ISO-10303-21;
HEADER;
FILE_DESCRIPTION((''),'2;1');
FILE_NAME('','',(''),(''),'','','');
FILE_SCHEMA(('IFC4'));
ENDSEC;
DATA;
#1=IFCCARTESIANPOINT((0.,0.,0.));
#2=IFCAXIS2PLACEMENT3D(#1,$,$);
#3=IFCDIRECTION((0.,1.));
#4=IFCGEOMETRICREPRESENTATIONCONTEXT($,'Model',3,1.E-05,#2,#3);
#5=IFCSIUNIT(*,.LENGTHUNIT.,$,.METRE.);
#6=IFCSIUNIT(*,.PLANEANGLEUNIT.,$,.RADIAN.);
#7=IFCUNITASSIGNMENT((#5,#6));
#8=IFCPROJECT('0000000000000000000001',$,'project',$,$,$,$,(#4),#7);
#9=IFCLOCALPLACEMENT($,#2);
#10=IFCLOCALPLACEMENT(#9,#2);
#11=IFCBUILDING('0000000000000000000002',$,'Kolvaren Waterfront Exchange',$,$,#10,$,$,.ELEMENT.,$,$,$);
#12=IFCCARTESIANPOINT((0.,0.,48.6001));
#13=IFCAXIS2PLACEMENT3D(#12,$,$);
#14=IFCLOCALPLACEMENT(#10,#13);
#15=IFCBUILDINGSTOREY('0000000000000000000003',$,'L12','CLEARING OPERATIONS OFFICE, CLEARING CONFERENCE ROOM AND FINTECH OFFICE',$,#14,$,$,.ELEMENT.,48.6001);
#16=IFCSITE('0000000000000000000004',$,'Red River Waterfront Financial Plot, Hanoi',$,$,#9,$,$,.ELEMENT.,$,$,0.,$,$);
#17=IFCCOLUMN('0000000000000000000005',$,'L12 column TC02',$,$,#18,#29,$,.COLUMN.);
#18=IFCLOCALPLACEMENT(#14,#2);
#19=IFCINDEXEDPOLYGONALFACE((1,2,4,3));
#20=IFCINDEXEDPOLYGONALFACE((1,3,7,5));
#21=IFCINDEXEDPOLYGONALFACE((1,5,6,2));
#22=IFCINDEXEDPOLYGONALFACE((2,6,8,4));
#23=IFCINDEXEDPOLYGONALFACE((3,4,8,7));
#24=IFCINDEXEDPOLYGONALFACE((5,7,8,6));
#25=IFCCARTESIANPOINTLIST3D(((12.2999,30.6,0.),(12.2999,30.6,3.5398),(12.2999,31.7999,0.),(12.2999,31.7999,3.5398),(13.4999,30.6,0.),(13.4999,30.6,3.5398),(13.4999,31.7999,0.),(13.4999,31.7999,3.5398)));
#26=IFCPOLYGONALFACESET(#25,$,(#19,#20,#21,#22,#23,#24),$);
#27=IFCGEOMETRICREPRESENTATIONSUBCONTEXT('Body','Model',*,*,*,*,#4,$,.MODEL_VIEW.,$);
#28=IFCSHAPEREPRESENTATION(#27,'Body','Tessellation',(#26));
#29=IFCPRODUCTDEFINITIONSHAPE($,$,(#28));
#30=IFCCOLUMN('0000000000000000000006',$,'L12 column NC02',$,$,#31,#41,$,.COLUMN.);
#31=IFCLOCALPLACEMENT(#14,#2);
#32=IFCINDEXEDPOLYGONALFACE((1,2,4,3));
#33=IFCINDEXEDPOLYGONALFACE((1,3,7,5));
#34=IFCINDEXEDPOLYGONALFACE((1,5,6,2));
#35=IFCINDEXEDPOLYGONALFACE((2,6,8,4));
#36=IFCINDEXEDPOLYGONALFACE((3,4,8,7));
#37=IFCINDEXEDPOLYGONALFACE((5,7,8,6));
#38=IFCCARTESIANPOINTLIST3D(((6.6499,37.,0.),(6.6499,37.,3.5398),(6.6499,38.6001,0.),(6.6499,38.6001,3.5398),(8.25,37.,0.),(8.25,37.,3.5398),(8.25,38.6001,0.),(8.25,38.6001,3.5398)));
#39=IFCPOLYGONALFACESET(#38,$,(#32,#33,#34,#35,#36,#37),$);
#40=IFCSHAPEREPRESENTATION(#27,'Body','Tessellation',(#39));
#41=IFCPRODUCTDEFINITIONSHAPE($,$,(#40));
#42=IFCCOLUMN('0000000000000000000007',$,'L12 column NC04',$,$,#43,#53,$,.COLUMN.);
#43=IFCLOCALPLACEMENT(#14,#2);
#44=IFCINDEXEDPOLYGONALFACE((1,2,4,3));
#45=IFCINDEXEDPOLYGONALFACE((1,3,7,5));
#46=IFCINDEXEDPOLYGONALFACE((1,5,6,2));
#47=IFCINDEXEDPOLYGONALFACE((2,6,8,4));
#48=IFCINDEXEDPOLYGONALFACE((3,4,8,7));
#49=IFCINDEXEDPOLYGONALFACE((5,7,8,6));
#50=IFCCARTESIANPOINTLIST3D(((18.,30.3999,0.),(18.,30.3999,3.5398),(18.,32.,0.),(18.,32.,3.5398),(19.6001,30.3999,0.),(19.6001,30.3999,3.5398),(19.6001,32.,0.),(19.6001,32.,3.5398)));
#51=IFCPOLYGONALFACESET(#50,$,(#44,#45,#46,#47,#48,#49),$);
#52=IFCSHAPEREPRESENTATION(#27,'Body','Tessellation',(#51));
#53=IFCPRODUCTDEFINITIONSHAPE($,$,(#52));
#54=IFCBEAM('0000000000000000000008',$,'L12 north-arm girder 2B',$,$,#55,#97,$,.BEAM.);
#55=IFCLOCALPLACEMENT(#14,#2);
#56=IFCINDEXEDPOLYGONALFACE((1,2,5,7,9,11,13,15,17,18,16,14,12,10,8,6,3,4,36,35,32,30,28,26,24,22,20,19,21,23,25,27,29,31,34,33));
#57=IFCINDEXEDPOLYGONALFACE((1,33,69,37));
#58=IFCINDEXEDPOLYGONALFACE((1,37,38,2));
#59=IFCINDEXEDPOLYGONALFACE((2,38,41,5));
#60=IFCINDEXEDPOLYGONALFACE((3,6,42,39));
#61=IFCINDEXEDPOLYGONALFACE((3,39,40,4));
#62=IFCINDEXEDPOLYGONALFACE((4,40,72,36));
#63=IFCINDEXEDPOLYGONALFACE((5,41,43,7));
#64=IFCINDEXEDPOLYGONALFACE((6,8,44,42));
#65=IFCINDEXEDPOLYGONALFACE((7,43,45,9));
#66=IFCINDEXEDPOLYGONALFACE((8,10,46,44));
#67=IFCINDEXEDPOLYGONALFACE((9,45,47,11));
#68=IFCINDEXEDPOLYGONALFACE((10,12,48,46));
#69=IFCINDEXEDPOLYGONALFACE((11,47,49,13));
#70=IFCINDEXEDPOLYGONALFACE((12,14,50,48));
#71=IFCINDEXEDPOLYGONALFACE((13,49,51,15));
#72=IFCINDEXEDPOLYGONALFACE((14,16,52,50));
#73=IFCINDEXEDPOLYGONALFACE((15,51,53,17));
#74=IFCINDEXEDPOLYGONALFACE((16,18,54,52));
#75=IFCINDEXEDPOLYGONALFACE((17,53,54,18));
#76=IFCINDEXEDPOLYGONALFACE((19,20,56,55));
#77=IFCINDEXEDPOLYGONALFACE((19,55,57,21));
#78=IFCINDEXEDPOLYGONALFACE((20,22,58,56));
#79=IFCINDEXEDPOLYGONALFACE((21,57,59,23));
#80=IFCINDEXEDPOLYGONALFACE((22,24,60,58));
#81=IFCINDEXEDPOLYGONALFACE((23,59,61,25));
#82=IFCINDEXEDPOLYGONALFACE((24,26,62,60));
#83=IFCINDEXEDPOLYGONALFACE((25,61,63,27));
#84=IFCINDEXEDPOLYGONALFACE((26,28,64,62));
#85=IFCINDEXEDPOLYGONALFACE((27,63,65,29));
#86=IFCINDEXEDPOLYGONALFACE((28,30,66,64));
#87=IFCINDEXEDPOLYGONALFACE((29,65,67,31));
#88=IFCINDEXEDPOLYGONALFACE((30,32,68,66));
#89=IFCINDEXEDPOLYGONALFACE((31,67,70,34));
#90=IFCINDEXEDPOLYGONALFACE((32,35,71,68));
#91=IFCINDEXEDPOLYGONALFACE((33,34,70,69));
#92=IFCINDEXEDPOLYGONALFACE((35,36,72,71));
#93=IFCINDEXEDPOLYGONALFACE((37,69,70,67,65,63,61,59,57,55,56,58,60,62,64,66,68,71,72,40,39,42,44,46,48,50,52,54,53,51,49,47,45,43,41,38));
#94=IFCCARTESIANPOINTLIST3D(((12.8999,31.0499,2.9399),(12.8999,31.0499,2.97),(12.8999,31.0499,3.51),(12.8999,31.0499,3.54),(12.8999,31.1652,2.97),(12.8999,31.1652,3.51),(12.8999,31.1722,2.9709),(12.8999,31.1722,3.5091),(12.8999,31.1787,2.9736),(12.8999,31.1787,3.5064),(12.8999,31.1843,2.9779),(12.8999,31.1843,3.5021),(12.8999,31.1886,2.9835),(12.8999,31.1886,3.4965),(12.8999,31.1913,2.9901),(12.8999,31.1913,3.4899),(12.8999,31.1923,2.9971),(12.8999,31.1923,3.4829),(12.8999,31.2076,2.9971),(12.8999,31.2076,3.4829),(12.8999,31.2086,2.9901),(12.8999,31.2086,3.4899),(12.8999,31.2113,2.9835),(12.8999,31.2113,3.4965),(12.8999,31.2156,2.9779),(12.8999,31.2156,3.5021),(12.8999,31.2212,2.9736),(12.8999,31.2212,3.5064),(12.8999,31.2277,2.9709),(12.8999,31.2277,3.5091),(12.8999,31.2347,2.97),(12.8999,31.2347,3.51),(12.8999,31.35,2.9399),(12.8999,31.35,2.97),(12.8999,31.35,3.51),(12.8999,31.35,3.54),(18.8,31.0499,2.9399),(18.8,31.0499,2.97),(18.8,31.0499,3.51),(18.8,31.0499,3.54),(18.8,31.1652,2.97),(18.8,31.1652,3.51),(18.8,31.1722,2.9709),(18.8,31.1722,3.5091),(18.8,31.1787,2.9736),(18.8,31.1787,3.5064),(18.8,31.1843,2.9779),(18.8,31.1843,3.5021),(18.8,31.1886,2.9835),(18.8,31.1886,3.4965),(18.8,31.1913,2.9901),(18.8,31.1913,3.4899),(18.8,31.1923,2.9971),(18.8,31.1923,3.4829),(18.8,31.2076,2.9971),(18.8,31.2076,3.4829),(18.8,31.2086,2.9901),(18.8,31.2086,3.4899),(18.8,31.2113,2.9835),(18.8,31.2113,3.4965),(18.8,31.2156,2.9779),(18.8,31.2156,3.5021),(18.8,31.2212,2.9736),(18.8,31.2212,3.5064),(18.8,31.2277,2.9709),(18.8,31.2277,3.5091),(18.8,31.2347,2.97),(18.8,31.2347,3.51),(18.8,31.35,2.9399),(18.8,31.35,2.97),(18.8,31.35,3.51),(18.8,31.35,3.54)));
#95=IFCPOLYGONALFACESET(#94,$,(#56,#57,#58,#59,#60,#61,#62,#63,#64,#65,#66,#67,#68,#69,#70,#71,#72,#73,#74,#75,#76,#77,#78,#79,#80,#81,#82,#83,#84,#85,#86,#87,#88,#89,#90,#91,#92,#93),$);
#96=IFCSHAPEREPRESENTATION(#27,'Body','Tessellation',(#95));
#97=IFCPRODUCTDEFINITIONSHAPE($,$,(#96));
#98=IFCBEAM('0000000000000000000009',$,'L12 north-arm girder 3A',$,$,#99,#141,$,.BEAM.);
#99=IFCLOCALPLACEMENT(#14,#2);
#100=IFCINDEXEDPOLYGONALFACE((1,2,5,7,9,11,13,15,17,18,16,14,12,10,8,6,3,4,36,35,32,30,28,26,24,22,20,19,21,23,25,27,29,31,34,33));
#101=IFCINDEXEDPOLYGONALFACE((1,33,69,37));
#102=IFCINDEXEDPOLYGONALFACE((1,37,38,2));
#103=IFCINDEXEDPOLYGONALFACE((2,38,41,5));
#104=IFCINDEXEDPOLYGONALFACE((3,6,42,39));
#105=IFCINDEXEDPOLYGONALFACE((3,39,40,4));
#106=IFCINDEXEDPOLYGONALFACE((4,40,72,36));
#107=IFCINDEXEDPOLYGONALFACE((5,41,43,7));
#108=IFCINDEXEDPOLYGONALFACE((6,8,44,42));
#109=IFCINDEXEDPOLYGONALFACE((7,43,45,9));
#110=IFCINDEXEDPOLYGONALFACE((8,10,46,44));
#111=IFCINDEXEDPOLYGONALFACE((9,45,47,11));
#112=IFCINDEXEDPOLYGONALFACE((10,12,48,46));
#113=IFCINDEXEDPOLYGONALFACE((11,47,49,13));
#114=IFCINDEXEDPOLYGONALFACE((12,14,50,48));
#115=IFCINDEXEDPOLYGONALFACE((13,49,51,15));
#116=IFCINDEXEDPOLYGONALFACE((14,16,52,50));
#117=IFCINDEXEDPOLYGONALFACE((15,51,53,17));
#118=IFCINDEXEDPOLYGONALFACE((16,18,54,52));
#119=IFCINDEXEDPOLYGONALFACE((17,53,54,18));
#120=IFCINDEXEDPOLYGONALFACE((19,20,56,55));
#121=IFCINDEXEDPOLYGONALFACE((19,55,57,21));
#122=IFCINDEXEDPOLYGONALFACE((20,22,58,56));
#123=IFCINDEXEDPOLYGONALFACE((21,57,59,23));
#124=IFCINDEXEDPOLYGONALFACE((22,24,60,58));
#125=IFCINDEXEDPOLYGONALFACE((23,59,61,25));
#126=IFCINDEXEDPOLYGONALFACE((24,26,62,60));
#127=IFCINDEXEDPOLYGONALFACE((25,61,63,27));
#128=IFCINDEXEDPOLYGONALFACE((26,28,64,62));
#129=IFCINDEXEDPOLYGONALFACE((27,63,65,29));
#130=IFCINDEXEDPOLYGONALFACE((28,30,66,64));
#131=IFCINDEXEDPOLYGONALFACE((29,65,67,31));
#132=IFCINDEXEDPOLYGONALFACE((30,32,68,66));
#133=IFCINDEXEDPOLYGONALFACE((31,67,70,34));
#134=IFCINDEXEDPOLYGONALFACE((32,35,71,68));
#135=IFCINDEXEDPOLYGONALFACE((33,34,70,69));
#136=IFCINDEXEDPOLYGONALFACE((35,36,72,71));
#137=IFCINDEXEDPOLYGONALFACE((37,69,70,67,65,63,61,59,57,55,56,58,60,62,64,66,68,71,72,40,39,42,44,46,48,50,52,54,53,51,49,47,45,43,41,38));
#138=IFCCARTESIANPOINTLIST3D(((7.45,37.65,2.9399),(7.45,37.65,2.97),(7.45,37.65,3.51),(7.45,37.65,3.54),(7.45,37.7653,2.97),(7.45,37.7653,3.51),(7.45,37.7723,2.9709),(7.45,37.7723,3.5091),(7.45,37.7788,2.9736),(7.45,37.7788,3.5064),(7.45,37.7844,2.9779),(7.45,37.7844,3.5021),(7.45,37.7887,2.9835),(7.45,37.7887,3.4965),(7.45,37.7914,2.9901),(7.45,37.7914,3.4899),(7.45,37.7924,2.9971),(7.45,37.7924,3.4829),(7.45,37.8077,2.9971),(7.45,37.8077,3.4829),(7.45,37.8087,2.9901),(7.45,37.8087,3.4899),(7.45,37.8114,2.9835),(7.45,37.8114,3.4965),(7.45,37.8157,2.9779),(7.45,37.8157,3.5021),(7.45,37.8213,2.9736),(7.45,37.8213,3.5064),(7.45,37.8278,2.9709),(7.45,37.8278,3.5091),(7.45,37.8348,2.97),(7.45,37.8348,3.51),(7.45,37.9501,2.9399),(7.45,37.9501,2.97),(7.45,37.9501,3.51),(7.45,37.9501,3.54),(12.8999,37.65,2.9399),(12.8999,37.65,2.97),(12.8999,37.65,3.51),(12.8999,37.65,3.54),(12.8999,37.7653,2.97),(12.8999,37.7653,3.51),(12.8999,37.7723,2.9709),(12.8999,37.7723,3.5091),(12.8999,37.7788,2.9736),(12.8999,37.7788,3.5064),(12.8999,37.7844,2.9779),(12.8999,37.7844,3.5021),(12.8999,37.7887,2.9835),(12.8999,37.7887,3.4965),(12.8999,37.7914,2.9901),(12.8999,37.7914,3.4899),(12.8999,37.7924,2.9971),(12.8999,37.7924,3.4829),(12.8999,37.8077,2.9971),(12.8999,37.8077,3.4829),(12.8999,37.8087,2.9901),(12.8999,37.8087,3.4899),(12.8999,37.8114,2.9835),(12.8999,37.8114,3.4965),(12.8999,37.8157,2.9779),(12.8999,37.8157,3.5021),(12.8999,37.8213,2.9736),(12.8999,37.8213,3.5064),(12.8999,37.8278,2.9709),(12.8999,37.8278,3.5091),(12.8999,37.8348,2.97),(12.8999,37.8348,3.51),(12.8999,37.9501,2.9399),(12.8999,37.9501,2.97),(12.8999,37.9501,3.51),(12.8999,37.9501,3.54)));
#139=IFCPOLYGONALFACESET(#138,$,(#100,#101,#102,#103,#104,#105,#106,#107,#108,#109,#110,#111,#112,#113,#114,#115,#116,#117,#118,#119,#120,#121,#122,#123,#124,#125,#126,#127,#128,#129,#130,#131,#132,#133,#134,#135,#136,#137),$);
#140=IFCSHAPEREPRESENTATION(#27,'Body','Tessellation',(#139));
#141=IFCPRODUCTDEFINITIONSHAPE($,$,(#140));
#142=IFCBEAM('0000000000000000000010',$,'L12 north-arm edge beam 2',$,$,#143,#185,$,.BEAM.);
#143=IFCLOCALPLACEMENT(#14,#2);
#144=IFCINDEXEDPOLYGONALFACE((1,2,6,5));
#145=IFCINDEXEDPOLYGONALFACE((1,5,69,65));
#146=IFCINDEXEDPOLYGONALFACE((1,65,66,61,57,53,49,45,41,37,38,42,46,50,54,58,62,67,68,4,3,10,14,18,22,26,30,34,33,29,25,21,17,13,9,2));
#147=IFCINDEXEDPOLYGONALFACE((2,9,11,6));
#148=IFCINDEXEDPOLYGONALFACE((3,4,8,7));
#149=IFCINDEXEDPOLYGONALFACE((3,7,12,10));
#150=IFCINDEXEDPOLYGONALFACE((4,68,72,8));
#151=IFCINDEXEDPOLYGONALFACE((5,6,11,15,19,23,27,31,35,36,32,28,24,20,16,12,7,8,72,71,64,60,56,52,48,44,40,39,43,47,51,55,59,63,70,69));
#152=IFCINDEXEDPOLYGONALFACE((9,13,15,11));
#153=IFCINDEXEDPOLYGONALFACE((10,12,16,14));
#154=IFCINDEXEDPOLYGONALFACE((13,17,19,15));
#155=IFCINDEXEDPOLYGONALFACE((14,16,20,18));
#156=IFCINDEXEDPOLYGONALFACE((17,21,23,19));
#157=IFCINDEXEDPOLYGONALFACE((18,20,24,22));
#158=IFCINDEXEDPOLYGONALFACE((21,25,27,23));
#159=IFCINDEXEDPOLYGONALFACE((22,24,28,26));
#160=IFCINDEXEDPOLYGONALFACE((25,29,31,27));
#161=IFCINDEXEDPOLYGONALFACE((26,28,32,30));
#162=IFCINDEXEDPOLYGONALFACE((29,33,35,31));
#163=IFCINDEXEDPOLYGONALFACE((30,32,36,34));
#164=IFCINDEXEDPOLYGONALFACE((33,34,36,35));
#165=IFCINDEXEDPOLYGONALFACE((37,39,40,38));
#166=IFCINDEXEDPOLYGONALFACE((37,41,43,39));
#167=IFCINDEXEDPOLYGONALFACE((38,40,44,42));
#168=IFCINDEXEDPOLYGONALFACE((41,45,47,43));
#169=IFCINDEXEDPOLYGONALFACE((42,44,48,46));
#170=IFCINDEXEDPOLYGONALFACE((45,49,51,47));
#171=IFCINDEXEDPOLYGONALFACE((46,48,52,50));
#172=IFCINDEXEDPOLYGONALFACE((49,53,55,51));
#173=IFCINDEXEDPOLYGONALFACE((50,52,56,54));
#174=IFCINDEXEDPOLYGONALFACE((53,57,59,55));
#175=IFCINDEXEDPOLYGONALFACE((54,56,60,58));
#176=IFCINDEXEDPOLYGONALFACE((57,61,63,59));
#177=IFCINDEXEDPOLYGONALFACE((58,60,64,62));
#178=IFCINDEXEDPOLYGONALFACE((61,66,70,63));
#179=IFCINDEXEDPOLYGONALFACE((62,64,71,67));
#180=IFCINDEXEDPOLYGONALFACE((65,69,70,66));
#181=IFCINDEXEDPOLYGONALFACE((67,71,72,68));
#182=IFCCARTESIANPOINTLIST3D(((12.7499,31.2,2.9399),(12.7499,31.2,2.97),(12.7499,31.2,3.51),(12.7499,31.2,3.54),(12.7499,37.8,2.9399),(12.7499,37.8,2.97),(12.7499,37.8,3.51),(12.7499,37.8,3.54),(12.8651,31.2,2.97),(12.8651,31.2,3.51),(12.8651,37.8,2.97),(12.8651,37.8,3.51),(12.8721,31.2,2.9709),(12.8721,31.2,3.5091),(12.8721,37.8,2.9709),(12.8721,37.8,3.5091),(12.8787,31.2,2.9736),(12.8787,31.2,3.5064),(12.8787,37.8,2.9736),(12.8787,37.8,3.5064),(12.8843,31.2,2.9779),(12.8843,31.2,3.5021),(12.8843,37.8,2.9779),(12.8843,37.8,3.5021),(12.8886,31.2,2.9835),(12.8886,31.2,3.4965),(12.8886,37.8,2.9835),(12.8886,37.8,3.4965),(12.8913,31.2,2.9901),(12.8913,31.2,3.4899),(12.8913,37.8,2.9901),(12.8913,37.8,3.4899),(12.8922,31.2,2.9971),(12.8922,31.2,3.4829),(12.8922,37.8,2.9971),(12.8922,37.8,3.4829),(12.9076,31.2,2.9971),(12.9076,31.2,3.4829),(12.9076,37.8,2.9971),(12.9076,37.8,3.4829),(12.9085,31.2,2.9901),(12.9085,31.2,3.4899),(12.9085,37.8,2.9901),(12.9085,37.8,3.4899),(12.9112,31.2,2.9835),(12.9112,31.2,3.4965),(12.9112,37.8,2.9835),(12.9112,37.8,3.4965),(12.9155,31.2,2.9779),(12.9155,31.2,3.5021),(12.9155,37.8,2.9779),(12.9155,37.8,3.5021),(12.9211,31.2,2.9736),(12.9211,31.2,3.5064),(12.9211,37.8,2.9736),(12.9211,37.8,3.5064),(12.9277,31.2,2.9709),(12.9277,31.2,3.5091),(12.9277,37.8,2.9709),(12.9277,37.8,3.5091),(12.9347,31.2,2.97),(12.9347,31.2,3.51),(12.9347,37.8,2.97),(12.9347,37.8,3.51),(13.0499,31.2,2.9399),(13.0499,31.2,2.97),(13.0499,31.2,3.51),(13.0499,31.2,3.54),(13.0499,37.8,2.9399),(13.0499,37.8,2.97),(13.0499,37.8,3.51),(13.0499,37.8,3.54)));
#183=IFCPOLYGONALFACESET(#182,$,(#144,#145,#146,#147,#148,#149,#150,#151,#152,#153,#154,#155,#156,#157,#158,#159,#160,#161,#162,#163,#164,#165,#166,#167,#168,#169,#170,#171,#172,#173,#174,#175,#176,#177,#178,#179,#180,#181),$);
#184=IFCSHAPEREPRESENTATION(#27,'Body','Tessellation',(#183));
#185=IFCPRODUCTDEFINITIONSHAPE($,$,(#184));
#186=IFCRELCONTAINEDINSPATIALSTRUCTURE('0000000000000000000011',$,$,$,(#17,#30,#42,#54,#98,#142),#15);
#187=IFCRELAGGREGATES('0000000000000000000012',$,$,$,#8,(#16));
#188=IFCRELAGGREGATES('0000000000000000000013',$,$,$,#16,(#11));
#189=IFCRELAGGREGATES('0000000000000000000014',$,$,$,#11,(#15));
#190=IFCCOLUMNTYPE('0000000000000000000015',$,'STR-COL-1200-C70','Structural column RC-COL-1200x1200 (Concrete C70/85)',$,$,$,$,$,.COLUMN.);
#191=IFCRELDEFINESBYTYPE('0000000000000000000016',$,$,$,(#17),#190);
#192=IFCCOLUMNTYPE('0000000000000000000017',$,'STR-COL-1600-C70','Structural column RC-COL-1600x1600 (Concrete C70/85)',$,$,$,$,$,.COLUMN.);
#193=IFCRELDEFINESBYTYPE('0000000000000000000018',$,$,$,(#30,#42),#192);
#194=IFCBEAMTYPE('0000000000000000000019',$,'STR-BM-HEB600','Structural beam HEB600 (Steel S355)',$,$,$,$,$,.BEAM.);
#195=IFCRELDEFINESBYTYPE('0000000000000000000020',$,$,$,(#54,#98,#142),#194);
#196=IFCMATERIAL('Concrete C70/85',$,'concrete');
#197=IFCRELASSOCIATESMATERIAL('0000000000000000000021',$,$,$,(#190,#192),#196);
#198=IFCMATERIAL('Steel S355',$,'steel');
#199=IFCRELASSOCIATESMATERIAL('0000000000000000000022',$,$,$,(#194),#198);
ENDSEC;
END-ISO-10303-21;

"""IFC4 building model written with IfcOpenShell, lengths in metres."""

from ifc_helpers import new_model, si_unit, direction, frame, origin, origin_2d, place, context, subcontext, project, spatial, rectangle, i_section, extrude, material, material_profile, profile_set, type_object, element, save


model = new_model("IFC4")

# Units and contexts
model_context = context("Model", 3, precision=1e-05, world=origin(), true_north=direction((0.0, 1.0)))
body_context = subcontext(model_context, "Body", "Model", "MODEL_VIEW")
ifc_project = project(units=[si_unit("LENGTHUNIT", "METRE"), si_unit("PLANEANGLEUNIT", "RADIAN")], contexts=[model_context])

# Site, building, storey
site_placement = place(None, origin())
site = spatial("IfcSite", under=ifc_project, at=site_placement, Name="Red River Waterfront Financial Plot, Hanoi", CompositionType="ELEMENT", RefElevation=0.0)
building_placement = place(site_placement, origin())
building = spatial("IfcBuilding", under=site, at=building_placement, Name="Kolvaren Waterfront Exchange", CompositionType="ELEMENT")
storey_placement = place(building_placement, frame((0.0, 0.0, 48.6001)))
storey = spatial("IfcBuildingStorey", under=building, at=storey_placement, Name="L12", Description="CLEARING OPERATIONS OFFICE, CLEARING CONFERENCE ROOM AND FINTECH OFFICE", CompositionType="ELEMENT", Elevation=48.6001)

# Columns
ifc_material_1 = material(Name="Concrete C70/85", Category="concrete")
ifc_material_profile_1 = material_profile(ifc_material_1, rectangle(XDim=1.2, YDim=1.2, at=origin_2d()), Name="RC-COL-1200x1200")
ifc_profile_set_1 = profile_set([ifc_material_profile_1], Name="Concrete C70/85")
column_type_1 = type_object("IfcColumnType", Name="STR-COL-1200-C70", Description="Structural column RC-COL-1200x1200 (Concrete C70/85)", PredefinedType="COLUMN", material=ifc_profile_set_1)
column_placement = place(storey_placement, frame((12.8999, 31.2, 0.0), z_axis=(0.0, 0.0, 1.0), x_axis=(1.0, 0.0, 0.0)))
element("IfcColumn", 1, at=column_placement, inside=storey, type_object=column_type_1, Name="L12 column TC02", PredefinedType="COLUMN", context=body_context, shape_type="SweptSolid", body=[
    extrude(rectangle(XDim=1.2, YDim=1.2, at=origin_2d()), origin(), (0.0, 0.0, 1.0), 3.5398),
])
ifc_material_profile_2 = material_profile(ifc_material_1, rectangle(XDim=1.6001, YDim=1.6001, at=origin_2d()), Name="RC-COL-1600x1600")
ifc_profile_set_2 = profile_set([ifc_material_profile_2], Name="Concrete C70/85")
column_type_2 = type_object("IfcColumnType", Name="STR-COL-1600-C70", Description="Structural column RC-COL-1600x1600 (Concrete C70/85)", PredefinedType="COLUMN", material=ifc_profile_set_2)
for number, where, z_axis, x_axis, name in (
    (2, (7.45, 37.8, 0.0), (0.0, 0.0, 1.0), (1.0, 0.0, 0.0), "L12 column NC02"),
    (3, (18.8, 31.2, 0.0), (0.0, 0.0, 1.0), (1.0, 0.0, 0.0), "L12 column NC04"),
):
    element("IfcColumn", number, at=place(storey_placement, frame(where, z_axis=z_axis, x_axis=x_axis)), inside=storey, type_object=column_type_2, Name=name, PredefinedType="COLUMN", context=body_context, shape_type="SweptSolid", body=[
        extrude(rectangle(XDim=1.6001, YDim=1.6001, at=origin_2d()), origin(), (0.0, 0.0, 1.0), 3.5398),
    ])

# Beams
ifc_material_2 = material(Name="Steel S355", Category="steel")
ifc_material_profile_3 = material_profile(ifc_material_2, i_section(OverallWidth=0.3, OverallDepth=0.6001, WebThickness=0.0154, FlangeThickness=0.03, FilletRadius=0.0271, at=origin_2d()), Name="HEB600")
ifc_profile_set_3 = profile_set([ifc_material_profile_3], Name="Steel S355")
beam_type_1 = type_object("IfcBeamType", Name="STR-BM-HEB600", Description="Structural beam HEB600 (Steel S355)", PredefinedType="BEAM", material=ifc_profile_set_3)
beam_1_placement = place(storey_placement, frame((12.8999, 31.2, 3.24), z_axis=(1.0, 0.0, 0.0), x_axis=(0.0, 1.0, 0.0)))
element("IfcBeam", 4, at=beam_1_placement, inside=storey, type_object=beam_type_1, Name="L12 north-arm girder 2B", PredefinedType="BEAM", context=body_context, shape_type="SweptSolid", body=[
    extrude(i_section(OverallWidth=0.3, OverallDepth=0.6001, WebThickness=0.0154, FlangeThickness=0.03, FilletRadius=0.0271, at=origin_2d()), origin(), (0.0, 0.0, 1.0), 5.9001),
])
beam_2_placement = place(storey_placement, frame((7.45, 37.8, 3.24), z_axis=(1.0, 0.0, 0.0), x_axis=(0.0, 1.0, 0.0)))
element("IfcBeam", 5, at=beam_2_placement, inside=storey, type_object=beam_type_1, Name="L12 north-arm girder 3A", PredefinedType="BEAM", context=body_context, shape_type="SweptSolid", body=[
    extrude(i_section(OverallWidth=0.3, OverallDepth=0.6001, WebThickness=0.0154, FlangeThickness=0.03, FilletRadius=0.0271, at=origin_2d()), origin(), (0.0, 0.0, 1.0), 5.45),
])
beam_3_placement = place(storey_placement, frame((12.8999, 31.2, 3.24), z_axis=(0.0, 1.0, 0.0), x_axis=(-1.0, 0.0, 0.0)))
element("IfcBeam", 6, at=beam_3_placement, inside=storey, type_object=beam_type_1, Name="L12 north-arm edge beam 2", PredefinedType="BEAM", context=body_context, shape_type="SweptSolid", body=[
    extrude(i_section(OverallWidth=0.3, OverallDepth=0.6001, WebThickness=0.0154, FlangeThickness=0.03, FilletRadius=0.0271, at=origin_2d()), origin(), (0.0, 0.0, 1.0), 6.6001),
])

save(model, "model.ifc")
